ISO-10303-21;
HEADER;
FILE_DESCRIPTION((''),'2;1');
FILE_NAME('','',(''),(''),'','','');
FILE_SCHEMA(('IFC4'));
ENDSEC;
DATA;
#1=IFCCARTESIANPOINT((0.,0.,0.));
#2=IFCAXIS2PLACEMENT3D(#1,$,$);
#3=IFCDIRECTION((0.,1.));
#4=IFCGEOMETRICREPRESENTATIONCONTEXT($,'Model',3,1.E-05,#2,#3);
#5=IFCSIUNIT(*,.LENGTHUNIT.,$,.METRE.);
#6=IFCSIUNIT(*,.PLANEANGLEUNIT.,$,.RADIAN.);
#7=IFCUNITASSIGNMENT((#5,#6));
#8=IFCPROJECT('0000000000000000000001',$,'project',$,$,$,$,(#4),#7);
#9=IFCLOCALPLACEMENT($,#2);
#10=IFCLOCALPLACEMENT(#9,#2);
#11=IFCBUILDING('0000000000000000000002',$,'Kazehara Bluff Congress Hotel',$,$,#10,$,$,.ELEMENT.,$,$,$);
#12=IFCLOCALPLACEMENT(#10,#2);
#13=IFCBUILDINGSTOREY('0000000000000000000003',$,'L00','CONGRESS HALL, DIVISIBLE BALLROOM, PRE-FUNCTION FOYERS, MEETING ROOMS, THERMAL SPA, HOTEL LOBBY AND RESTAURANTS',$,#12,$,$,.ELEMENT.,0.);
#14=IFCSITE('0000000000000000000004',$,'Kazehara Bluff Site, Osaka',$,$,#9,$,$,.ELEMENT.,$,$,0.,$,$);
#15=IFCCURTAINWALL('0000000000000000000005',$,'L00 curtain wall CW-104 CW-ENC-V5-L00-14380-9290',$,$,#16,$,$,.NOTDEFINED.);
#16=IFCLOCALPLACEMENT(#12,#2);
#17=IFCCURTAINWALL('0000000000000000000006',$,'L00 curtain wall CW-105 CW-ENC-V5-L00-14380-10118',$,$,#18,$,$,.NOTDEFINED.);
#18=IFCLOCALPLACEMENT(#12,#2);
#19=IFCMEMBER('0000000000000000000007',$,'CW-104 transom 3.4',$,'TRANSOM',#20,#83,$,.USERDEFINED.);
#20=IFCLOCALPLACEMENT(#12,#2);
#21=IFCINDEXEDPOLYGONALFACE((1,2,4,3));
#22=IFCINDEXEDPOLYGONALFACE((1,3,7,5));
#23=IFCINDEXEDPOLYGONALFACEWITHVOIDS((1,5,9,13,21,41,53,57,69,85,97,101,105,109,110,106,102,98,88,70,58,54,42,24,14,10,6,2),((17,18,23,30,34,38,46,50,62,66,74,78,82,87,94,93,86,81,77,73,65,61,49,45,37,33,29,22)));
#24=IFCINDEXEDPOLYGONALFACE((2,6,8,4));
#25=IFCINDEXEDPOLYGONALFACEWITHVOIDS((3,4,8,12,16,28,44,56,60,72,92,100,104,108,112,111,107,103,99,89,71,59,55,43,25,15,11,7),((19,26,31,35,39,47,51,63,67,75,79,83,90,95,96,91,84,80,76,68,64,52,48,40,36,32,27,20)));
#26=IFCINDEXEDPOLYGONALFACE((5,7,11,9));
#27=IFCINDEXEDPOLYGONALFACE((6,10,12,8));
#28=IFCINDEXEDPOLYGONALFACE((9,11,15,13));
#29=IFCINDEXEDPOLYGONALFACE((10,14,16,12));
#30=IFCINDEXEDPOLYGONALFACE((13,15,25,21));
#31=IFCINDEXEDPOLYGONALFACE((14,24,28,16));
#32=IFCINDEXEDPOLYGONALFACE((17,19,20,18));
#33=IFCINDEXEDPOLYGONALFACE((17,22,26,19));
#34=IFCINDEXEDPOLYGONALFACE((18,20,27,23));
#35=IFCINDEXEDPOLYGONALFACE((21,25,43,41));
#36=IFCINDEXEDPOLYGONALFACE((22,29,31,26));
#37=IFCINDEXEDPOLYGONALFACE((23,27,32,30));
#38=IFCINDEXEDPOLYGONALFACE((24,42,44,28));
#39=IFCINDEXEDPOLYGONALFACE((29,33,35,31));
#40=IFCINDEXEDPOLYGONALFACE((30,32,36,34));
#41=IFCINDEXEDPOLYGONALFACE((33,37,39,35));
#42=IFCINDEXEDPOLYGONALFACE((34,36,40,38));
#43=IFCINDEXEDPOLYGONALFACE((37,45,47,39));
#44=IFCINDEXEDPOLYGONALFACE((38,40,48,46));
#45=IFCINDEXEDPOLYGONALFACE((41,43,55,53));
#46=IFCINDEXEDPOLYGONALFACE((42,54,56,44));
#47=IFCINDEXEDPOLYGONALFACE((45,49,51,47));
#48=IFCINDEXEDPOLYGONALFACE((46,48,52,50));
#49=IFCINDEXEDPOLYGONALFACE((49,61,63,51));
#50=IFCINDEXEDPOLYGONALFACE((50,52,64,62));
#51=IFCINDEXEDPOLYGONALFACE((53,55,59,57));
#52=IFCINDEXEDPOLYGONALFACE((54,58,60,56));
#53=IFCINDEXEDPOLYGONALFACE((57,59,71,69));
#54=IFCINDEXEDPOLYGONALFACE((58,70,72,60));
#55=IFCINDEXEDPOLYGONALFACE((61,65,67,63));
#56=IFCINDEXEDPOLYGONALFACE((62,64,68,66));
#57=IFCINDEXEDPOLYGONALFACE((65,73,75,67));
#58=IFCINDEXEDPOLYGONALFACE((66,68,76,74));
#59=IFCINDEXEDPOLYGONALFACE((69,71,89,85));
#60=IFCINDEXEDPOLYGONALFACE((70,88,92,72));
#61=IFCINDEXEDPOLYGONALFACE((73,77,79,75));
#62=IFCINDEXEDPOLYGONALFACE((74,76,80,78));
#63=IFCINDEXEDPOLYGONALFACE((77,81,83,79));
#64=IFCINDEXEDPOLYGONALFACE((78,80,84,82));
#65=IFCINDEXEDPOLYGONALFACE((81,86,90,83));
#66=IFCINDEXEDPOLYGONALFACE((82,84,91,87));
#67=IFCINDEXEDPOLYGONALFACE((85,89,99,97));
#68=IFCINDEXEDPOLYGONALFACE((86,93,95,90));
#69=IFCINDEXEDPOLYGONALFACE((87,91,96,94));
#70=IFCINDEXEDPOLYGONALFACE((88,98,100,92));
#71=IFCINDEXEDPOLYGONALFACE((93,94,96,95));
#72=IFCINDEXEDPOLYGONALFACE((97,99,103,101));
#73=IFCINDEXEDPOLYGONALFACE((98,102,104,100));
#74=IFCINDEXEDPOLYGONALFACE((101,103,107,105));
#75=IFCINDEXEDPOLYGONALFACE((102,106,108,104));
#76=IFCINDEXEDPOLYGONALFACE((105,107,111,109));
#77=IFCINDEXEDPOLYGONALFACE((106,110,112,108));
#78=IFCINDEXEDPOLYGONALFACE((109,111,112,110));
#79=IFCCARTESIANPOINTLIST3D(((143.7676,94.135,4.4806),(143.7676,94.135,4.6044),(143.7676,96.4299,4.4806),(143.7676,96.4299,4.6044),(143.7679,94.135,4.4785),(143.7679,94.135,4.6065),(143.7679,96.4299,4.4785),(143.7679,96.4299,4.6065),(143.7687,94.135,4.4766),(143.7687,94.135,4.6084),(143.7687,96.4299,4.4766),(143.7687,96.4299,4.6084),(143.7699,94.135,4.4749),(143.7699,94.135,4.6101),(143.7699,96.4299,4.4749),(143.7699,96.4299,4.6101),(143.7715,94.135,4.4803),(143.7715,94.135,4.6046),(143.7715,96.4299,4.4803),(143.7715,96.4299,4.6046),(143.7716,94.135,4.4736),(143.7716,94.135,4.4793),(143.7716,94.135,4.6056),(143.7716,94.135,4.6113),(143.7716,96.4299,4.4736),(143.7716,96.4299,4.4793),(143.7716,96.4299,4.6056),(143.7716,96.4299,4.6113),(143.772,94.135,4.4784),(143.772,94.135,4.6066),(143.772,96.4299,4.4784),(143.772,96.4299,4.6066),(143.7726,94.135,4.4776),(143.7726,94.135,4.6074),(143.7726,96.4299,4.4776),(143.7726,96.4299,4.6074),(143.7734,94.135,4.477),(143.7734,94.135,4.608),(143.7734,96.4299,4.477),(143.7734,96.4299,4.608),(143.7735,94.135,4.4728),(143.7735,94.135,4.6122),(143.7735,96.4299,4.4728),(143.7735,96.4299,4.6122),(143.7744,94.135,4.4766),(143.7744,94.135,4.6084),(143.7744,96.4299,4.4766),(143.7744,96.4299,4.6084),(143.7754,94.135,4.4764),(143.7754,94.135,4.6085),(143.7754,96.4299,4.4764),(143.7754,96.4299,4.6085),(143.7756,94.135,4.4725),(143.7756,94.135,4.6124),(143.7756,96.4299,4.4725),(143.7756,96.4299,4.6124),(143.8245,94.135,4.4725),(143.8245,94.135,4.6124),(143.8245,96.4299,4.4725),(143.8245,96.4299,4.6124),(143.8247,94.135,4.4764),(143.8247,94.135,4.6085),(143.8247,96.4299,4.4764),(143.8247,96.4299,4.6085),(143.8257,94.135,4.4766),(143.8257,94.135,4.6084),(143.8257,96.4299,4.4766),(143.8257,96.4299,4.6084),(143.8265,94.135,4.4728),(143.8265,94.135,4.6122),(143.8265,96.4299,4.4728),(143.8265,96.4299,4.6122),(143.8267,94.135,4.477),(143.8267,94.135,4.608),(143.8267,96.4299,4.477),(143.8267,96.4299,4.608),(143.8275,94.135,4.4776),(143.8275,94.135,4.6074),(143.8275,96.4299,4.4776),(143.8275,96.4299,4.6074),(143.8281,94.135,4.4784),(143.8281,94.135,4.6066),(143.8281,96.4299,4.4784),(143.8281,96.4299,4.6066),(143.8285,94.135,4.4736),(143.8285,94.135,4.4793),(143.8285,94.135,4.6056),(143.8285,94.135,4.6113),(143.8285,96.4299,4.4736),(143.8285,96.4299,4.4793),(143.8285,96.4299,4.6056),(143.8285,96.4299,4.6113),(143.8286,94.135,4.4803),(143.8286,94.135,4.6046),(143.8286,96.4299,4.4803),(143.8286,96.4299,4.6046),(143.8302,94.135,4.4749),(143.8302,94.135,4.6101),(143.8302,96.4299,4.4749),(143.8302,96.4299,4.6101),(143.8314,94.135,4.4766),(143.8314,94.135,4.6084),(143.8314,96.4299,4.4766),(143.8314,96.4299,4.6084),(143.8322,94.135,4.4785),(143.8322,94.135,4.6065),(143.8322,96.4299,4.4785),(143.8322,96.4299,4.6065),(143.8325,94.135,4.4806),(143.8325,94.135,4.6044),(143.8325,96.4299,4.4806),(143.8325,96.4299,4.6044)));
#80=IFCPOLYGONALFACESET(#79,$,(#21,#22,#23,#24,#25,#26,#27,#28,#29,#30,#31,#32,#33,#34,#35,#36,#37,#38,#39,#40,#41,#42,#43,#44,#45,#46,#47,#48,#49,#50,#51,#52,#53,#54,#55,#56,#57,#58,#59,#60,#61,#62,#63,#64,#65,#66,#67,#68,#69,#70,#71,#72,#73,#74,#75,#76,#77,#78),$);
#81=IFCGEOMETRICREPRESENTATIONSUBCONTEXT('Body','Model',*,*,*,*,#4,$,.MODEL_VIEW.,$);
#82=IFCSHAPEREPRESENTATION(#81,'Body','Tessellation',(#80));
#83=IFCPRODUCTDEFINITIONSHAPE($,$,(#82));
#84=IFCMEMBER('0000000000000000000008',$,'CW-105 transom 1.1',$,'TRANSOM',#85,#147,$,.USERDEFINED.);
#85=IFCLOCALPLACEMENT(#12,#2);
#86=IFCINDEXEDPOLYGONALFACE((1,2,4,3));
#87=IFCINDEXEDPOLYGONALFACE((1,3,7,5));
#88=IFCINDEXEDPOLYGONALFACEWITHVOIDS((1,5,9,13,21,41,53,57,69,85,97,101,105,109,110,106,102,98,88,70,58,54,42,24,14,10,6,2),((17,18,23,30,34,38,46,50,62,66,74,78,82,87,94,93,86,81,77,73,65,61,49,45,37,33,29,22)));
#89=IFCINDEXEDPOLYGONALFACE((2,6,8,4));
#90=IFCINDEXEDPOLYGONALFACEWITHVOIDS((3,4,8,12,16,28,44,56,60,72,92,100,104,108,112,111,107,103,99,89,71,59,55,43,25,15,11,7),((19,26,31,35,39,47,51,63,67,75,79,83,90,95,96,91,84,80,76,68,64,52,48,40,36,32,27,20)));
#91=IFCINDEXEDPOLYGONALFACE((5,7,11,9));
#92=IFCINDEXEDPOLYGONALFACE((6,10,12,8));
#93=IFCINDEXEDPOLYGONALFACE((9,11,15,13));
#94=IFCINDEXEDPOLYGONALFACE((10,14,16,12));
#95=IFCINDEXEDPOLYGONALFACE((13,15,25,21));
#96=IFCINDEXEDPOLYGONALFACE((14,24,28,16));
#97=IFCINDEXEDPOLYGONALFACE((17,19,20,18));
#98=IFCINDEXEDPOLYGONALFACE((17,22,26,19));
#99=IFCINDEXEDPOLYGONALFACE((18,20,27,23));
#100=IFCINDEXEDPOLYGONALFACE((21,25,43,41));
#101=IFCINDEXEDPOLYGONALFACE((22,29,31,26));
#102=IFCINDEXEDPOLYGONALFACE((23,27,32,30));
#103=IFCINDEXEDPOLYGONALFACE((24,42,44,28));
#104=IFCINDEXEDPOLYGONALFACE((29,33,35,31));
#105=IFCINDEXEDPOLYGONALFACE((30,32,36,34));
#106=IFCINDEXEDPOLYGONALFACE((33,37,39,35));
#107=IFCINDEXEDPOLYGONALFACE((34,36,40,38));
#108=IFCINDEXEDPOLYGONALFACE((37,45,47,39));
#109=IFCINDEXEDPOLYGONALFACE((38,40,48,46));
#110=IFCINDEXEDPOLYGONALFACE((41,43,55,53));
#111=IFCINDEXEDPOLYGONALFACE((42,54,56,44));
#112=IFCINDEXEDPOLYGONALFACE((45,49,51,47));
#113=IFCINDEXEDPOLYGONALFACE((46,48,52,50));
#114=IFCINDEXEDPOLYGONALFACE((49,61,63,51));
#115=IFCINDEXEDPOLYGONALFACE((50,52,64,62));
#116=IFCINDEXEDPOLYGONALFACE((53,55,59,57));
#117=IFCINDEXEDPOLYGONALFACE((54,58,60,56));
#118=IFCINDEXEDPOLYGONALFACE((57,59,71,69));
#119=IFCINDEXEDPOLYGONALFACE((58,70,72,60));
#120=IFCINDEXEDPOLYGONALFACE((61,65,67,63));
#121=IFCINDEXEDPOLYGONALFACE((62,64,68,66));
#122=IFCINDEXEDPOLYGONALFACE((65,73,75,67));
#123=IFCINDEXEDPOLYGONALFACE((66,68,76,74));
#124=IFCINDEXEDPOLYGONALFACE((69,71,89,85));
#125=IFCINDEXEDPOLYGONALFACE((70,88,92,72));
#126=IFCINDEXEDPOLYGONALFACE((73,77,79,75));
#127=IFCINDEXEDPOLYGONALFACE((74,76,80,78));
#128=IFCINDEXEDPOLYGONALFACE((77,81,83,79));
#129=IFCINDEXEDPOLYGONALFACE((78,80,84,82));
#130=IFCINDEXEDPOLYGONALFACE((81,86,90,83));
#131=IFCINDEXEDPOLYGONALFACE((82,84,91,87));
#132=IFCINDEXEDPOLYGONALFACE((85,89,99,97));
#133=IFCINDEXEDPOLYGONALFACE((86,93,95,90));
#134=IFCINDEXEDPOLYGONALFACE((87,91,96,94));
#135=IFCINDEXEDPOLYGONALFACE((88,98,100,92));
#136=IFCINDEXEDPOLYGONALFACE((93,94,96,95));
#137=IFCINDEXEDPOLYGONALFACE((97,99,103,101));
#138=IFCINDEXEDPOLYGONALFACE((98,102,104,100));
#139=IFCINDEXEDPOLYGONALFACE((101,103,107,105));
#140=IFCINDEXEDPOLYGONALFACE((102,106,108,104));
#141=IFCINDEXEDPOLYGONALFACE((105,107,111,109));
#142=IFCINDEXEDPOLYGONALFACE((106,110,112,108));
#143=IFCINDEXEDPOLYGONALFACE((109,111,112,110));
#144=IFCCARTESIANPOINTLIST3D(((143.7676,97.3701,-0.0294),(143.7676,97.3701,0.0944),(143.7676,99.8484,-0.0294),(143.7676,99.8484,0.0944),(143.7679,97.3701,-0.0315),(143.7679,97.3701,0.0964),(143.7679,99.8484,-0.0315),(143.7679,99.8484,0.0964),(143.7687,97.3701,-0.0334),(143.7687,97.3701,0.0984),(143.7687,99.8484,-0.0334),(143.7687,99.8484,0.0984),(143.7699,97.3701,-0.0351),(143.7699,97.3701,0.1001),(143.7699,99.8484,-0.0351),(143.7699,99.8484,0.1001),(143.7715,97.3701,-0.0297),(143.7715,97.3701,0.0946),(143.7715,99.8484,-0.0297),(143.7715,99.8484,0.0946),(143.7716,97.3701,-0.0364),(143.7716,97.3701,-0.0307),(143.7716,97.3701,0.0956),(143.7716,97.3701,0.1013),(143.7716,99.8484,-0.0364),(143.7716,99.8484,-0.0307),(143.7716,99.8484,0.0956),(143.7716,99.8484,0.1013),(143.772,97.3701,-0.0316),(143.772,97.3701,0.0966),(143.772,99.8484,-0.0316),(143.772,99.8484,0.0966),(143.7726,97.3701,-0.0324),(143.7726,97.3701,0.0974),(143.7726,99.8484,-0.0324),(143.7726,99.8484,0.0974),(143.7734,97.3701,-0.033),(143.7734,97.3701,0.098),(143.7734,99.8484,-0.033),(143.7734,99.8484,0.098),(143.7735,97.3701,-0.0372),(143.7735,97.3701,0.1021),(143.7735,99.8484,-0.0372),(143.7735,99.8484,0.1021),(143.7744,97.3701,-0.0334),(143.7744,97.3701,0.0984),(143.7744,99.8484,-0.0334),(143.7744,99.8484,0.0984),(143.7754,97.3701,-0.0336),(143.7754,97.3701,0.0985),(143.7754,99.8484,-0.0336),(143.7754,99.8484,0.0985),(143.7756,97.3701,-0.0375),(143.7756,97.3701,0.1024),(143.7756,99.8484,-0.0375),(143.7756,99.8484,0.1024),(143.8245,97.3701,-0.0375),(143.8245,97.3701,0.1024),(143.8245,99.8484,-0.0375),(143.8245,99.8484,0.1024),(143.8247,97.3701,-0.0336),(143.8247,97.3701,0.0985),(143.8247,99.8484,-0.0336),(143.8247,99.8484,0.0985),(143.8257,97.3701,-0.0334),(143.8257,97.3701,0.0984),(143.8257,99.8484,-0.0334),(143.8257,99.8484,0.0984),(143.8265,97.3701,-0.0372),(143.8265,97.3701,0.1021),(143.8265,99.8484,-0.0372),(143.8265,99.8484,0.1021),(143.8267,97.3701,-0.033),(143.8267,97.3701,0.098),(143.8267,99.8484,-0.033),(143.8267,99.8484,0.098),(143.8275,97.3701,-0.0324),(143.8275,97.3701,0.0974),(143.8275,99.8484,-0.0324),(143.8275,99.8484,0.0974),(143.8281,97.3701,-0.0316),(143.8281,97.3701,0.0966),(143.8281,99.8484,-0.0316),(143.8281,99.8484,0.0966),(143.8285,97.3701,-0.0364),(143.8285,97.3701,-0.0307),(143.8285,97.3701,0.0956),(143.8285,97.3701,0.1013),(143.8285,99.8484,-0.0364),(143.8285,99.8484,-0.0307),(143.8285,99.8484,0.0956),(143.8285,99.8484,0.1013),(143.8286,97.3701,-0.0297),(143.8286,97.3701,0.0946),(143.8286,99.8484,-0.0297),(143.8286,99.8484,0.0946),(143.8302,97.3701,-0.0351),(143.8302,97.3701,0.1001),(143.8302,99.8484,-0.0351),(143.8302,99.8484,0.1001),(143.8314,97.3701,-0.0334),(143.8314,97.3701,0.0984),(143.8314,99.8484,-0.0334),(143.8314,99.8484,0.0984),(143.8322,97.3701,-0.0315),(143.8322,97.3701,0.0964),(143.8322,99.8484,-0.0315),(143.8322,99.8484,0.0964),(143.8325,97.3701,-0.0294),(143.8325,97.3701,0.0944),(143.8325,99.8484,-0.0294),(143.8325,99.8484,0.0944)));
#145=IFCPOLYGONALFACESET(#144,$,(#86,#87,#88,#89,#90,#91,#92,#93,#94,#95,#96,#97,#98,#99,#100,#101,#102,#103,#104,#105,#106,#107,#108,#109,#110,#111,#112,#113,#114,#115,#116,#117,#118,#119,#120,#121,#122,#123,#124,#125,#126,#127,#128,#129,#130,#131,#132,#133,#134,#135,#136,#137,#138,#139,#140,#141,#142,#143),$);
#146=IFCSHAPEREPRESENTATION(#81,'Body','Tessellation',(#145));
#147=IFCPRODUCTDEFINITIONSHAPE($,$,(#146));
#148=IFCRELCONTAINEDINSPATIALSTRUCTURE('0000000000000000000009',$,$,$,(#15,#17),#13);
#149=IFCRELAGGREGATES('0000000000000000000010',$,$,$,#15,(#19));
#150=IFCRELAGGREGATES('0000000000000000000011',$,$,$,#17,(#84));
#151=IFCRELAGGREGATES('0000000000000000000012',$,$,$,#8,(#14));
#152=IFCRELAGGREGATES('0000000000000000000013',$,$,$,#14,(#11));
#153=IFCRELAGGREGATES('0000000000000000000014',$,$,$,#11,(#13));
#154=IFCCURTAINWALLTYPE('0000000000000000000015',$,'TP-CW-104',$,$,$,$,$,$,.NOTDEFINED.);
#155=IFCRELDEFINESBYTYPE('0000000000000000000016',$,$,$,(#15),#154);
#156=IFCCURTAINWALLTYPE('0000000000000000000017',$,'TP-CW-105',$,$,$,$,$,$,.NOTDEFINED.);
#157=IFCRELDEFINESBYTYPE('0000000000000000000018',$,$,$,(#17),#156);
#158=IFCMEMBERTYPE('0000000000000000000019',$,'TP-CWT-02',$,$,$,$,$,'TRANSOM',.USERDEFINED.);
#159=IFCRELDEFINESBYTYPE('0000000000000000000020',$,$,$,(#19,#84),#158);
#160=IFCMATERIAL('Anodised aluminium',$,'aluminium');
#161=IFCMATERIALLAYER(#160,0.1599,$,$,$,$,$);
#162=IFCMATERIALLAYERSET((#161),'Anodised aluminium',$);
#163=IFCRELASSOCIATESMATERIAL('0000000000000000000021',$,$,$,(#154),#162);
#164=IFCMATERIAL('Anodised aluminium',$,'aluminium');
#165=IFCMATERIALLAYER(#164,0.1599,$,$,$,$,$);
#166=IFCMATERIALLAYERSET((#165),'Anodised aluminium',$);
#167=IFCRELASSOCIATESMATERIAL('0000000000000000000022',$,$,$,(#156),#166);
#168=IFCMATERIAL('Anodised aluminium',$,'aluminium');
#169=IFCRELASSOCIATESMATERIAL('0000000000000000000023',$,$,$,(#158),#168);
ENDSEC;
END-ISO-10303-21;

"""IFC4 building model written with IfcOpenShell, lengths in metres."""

from ifc_helpers import new_model, si_unit, direction, frame, origin, origin_2d, place, context, subcontext, project, spatial, hollow_rectangle, extrude, material, layer, layer_set, material_profile, profile_set, type_object, element, aggregate, save


model = new_model("IFC4")

# Units and contexts
model_context = context("Model", 3, precision=1e-05, world=origin(), true_north=direction((0.0, 1.0)))
body_context = subcontext(model_context, "Body", "Model", "MODEL_VIEW")
ifc_project = project(units=[si_unit("LENGTHUNIT", "METRE"), si_unit("PLANEANGLEUNIT", "RADIAN")], contexts=[model_context])

# Site, building, storey
site_placement = place(None, origin())
site = spatial("IfcSite", under=ifc_project, at=site_placement, Name="Kazehara Bluff Site, Osaka", CompositionType="ELEMENT", RefElevation=0.0)
building_placement = place(site_placement, origin())
building = spatial("IfcBuilding", under=site, at=building_placement, Name="Kazehara Bluff Congress Hotel", CompositionType="ELEMENT")
storey_placement = place(building_placement, origin())
storey = spatial("IfcBuildingStorey", under=building, at=storey_placement, Name="L00", Description="CONGRESS HALL, DIVISIBLE BALLROOM, PRE-FUNCTION FOYERS, MEETING ROOMS, THERMAL SPA, HOTEL LOBBY AND RESTAURANTS", CompositionType="ELEMENT", Elevation=0.0)

# Curtain walls
ifc_material_1 = material(Name="Anodised aluminium", Category="aluminium")
ifc_layer_1 = layer(ifc_material_1, 0.1599)
ifc_layer_set_1 = layer_set([ifc_layer_1], Name="Anodised aluminium")
curtain_wall_type_1 = type_object("IfcCurtainWallType", Name="TP-CW-104", PredefinedType="NOTDEFINED", material=ifc_layer_set_1)
curtain_wall_1_placement = place(storey_placement, origin())
curtain_wall_1 = element("IfcCurtainWall", 1, at=curtain_wall_1_placement, inside=storey, type_object=curtain_wall_type_1, Name="L00 curtain wall CW-104 CW-ENC-V5-L00-14380-9290", PredefinedType="NOTDEFINED")
ifc_material_2 = material(Name="Anodised aluminium", Category="aluminium")
ifc_layer_2 = layer(ifc_material_2, 0.1599)
ifc_layer_set_2 = layer_set([ifc_layer_2], Name="Anodised aluminium")
curtain_wall_type_2 = type_object("IfcCurtainWallType", Name="TP-CW-105", PredefinedType="NOTDEFINED", material=ifc_layer_set_2)
curtain_wall_2_placement = place(storey_placement, origin())
curtain_wall_2 = element("IfcCurtainWall", 2, at=curtain_wall_2_placement, inside=storey, type_object=curtain_wall_type_2, Name="L00 curtain wall CW-105 CW-ENC-V5-L00-14380-10118", PredefinedType="NOTDEFINED")

# Members
ifc_material_3 = material(Name="Anodised aluminium", Category="aluminium")
ifc_material_profile_1 = material_profile(ifc_material_3, hollow_rectangle(XDim=0.0649, YDim=0.1399, WallThickness=0.0039, InnerFilletRadius=0.0039, OuterFilletRadius=0.0081, at=origin_2d()))
ifc_profile_set_1 = profile_set([ifc_material_profile_1], Name="Anodised aluminium")
member_type_1 = type_object("IfcMemberType", Name="TP-CWT-02", ElementType="TRANSOM", PredefinedType="USERDEFINED", material=ifc_profile_set_1)
member_1_placement = place(storey_placement, frame((143.8, 94.135, 4.5425), z_axis=(0.0, 1.0, 0.0), x_axis=(-1.0, 0.0, 0.0)))
member_1 = element("IfcMember", 3, at=member_1_placement, type_object=member_type_1, Name="CW-104 transom 3.4", ObjectType="TRANSOM", PredefinedType="USERDEFINED", context=body_context, shape_type="SweptSolid", body=[
    extrude(hollow_rectangle(XDim=0.0649, YDim=0.1399, WallThickness=0.0039, InnerFilletRadius=0.0039, OuterFilletRadius=0.0081, at=origin_2d()), origin(), (0.0, 0.0, 1.0), 2.2949),
])
member_2_placement = place(storey_placement, frame((143.8, 97.3701, 0.0325), z_axis=(0.0, 1.0, 0.0), x_axis=(-1.0, 0.0, 0.0)))
member_2 = element("IfcMember", 4, at=member_2_placement, type_object=member_type_1, Name="CW-105 transom 1.1", ObjectType="TRANSOM", PredefinedType="USERDEFINED", context=body_context, shape_type="SweptSolid", body=[
    extrude(hollow_rectangle(XDim=0.0649, YDim=0.1399, WallThickness=0.0039, InnerFilletRadius=0.0039, OuterFilletRadius=0.0081, at=origin_2d()), origin(), (0.0, 0.0, 1.0), 2.4783),
])

aggregate(curtain_wall_1, [member_1])
aggregate(curtain_wall_2, [member_2])

save(model, "model.ifc")
